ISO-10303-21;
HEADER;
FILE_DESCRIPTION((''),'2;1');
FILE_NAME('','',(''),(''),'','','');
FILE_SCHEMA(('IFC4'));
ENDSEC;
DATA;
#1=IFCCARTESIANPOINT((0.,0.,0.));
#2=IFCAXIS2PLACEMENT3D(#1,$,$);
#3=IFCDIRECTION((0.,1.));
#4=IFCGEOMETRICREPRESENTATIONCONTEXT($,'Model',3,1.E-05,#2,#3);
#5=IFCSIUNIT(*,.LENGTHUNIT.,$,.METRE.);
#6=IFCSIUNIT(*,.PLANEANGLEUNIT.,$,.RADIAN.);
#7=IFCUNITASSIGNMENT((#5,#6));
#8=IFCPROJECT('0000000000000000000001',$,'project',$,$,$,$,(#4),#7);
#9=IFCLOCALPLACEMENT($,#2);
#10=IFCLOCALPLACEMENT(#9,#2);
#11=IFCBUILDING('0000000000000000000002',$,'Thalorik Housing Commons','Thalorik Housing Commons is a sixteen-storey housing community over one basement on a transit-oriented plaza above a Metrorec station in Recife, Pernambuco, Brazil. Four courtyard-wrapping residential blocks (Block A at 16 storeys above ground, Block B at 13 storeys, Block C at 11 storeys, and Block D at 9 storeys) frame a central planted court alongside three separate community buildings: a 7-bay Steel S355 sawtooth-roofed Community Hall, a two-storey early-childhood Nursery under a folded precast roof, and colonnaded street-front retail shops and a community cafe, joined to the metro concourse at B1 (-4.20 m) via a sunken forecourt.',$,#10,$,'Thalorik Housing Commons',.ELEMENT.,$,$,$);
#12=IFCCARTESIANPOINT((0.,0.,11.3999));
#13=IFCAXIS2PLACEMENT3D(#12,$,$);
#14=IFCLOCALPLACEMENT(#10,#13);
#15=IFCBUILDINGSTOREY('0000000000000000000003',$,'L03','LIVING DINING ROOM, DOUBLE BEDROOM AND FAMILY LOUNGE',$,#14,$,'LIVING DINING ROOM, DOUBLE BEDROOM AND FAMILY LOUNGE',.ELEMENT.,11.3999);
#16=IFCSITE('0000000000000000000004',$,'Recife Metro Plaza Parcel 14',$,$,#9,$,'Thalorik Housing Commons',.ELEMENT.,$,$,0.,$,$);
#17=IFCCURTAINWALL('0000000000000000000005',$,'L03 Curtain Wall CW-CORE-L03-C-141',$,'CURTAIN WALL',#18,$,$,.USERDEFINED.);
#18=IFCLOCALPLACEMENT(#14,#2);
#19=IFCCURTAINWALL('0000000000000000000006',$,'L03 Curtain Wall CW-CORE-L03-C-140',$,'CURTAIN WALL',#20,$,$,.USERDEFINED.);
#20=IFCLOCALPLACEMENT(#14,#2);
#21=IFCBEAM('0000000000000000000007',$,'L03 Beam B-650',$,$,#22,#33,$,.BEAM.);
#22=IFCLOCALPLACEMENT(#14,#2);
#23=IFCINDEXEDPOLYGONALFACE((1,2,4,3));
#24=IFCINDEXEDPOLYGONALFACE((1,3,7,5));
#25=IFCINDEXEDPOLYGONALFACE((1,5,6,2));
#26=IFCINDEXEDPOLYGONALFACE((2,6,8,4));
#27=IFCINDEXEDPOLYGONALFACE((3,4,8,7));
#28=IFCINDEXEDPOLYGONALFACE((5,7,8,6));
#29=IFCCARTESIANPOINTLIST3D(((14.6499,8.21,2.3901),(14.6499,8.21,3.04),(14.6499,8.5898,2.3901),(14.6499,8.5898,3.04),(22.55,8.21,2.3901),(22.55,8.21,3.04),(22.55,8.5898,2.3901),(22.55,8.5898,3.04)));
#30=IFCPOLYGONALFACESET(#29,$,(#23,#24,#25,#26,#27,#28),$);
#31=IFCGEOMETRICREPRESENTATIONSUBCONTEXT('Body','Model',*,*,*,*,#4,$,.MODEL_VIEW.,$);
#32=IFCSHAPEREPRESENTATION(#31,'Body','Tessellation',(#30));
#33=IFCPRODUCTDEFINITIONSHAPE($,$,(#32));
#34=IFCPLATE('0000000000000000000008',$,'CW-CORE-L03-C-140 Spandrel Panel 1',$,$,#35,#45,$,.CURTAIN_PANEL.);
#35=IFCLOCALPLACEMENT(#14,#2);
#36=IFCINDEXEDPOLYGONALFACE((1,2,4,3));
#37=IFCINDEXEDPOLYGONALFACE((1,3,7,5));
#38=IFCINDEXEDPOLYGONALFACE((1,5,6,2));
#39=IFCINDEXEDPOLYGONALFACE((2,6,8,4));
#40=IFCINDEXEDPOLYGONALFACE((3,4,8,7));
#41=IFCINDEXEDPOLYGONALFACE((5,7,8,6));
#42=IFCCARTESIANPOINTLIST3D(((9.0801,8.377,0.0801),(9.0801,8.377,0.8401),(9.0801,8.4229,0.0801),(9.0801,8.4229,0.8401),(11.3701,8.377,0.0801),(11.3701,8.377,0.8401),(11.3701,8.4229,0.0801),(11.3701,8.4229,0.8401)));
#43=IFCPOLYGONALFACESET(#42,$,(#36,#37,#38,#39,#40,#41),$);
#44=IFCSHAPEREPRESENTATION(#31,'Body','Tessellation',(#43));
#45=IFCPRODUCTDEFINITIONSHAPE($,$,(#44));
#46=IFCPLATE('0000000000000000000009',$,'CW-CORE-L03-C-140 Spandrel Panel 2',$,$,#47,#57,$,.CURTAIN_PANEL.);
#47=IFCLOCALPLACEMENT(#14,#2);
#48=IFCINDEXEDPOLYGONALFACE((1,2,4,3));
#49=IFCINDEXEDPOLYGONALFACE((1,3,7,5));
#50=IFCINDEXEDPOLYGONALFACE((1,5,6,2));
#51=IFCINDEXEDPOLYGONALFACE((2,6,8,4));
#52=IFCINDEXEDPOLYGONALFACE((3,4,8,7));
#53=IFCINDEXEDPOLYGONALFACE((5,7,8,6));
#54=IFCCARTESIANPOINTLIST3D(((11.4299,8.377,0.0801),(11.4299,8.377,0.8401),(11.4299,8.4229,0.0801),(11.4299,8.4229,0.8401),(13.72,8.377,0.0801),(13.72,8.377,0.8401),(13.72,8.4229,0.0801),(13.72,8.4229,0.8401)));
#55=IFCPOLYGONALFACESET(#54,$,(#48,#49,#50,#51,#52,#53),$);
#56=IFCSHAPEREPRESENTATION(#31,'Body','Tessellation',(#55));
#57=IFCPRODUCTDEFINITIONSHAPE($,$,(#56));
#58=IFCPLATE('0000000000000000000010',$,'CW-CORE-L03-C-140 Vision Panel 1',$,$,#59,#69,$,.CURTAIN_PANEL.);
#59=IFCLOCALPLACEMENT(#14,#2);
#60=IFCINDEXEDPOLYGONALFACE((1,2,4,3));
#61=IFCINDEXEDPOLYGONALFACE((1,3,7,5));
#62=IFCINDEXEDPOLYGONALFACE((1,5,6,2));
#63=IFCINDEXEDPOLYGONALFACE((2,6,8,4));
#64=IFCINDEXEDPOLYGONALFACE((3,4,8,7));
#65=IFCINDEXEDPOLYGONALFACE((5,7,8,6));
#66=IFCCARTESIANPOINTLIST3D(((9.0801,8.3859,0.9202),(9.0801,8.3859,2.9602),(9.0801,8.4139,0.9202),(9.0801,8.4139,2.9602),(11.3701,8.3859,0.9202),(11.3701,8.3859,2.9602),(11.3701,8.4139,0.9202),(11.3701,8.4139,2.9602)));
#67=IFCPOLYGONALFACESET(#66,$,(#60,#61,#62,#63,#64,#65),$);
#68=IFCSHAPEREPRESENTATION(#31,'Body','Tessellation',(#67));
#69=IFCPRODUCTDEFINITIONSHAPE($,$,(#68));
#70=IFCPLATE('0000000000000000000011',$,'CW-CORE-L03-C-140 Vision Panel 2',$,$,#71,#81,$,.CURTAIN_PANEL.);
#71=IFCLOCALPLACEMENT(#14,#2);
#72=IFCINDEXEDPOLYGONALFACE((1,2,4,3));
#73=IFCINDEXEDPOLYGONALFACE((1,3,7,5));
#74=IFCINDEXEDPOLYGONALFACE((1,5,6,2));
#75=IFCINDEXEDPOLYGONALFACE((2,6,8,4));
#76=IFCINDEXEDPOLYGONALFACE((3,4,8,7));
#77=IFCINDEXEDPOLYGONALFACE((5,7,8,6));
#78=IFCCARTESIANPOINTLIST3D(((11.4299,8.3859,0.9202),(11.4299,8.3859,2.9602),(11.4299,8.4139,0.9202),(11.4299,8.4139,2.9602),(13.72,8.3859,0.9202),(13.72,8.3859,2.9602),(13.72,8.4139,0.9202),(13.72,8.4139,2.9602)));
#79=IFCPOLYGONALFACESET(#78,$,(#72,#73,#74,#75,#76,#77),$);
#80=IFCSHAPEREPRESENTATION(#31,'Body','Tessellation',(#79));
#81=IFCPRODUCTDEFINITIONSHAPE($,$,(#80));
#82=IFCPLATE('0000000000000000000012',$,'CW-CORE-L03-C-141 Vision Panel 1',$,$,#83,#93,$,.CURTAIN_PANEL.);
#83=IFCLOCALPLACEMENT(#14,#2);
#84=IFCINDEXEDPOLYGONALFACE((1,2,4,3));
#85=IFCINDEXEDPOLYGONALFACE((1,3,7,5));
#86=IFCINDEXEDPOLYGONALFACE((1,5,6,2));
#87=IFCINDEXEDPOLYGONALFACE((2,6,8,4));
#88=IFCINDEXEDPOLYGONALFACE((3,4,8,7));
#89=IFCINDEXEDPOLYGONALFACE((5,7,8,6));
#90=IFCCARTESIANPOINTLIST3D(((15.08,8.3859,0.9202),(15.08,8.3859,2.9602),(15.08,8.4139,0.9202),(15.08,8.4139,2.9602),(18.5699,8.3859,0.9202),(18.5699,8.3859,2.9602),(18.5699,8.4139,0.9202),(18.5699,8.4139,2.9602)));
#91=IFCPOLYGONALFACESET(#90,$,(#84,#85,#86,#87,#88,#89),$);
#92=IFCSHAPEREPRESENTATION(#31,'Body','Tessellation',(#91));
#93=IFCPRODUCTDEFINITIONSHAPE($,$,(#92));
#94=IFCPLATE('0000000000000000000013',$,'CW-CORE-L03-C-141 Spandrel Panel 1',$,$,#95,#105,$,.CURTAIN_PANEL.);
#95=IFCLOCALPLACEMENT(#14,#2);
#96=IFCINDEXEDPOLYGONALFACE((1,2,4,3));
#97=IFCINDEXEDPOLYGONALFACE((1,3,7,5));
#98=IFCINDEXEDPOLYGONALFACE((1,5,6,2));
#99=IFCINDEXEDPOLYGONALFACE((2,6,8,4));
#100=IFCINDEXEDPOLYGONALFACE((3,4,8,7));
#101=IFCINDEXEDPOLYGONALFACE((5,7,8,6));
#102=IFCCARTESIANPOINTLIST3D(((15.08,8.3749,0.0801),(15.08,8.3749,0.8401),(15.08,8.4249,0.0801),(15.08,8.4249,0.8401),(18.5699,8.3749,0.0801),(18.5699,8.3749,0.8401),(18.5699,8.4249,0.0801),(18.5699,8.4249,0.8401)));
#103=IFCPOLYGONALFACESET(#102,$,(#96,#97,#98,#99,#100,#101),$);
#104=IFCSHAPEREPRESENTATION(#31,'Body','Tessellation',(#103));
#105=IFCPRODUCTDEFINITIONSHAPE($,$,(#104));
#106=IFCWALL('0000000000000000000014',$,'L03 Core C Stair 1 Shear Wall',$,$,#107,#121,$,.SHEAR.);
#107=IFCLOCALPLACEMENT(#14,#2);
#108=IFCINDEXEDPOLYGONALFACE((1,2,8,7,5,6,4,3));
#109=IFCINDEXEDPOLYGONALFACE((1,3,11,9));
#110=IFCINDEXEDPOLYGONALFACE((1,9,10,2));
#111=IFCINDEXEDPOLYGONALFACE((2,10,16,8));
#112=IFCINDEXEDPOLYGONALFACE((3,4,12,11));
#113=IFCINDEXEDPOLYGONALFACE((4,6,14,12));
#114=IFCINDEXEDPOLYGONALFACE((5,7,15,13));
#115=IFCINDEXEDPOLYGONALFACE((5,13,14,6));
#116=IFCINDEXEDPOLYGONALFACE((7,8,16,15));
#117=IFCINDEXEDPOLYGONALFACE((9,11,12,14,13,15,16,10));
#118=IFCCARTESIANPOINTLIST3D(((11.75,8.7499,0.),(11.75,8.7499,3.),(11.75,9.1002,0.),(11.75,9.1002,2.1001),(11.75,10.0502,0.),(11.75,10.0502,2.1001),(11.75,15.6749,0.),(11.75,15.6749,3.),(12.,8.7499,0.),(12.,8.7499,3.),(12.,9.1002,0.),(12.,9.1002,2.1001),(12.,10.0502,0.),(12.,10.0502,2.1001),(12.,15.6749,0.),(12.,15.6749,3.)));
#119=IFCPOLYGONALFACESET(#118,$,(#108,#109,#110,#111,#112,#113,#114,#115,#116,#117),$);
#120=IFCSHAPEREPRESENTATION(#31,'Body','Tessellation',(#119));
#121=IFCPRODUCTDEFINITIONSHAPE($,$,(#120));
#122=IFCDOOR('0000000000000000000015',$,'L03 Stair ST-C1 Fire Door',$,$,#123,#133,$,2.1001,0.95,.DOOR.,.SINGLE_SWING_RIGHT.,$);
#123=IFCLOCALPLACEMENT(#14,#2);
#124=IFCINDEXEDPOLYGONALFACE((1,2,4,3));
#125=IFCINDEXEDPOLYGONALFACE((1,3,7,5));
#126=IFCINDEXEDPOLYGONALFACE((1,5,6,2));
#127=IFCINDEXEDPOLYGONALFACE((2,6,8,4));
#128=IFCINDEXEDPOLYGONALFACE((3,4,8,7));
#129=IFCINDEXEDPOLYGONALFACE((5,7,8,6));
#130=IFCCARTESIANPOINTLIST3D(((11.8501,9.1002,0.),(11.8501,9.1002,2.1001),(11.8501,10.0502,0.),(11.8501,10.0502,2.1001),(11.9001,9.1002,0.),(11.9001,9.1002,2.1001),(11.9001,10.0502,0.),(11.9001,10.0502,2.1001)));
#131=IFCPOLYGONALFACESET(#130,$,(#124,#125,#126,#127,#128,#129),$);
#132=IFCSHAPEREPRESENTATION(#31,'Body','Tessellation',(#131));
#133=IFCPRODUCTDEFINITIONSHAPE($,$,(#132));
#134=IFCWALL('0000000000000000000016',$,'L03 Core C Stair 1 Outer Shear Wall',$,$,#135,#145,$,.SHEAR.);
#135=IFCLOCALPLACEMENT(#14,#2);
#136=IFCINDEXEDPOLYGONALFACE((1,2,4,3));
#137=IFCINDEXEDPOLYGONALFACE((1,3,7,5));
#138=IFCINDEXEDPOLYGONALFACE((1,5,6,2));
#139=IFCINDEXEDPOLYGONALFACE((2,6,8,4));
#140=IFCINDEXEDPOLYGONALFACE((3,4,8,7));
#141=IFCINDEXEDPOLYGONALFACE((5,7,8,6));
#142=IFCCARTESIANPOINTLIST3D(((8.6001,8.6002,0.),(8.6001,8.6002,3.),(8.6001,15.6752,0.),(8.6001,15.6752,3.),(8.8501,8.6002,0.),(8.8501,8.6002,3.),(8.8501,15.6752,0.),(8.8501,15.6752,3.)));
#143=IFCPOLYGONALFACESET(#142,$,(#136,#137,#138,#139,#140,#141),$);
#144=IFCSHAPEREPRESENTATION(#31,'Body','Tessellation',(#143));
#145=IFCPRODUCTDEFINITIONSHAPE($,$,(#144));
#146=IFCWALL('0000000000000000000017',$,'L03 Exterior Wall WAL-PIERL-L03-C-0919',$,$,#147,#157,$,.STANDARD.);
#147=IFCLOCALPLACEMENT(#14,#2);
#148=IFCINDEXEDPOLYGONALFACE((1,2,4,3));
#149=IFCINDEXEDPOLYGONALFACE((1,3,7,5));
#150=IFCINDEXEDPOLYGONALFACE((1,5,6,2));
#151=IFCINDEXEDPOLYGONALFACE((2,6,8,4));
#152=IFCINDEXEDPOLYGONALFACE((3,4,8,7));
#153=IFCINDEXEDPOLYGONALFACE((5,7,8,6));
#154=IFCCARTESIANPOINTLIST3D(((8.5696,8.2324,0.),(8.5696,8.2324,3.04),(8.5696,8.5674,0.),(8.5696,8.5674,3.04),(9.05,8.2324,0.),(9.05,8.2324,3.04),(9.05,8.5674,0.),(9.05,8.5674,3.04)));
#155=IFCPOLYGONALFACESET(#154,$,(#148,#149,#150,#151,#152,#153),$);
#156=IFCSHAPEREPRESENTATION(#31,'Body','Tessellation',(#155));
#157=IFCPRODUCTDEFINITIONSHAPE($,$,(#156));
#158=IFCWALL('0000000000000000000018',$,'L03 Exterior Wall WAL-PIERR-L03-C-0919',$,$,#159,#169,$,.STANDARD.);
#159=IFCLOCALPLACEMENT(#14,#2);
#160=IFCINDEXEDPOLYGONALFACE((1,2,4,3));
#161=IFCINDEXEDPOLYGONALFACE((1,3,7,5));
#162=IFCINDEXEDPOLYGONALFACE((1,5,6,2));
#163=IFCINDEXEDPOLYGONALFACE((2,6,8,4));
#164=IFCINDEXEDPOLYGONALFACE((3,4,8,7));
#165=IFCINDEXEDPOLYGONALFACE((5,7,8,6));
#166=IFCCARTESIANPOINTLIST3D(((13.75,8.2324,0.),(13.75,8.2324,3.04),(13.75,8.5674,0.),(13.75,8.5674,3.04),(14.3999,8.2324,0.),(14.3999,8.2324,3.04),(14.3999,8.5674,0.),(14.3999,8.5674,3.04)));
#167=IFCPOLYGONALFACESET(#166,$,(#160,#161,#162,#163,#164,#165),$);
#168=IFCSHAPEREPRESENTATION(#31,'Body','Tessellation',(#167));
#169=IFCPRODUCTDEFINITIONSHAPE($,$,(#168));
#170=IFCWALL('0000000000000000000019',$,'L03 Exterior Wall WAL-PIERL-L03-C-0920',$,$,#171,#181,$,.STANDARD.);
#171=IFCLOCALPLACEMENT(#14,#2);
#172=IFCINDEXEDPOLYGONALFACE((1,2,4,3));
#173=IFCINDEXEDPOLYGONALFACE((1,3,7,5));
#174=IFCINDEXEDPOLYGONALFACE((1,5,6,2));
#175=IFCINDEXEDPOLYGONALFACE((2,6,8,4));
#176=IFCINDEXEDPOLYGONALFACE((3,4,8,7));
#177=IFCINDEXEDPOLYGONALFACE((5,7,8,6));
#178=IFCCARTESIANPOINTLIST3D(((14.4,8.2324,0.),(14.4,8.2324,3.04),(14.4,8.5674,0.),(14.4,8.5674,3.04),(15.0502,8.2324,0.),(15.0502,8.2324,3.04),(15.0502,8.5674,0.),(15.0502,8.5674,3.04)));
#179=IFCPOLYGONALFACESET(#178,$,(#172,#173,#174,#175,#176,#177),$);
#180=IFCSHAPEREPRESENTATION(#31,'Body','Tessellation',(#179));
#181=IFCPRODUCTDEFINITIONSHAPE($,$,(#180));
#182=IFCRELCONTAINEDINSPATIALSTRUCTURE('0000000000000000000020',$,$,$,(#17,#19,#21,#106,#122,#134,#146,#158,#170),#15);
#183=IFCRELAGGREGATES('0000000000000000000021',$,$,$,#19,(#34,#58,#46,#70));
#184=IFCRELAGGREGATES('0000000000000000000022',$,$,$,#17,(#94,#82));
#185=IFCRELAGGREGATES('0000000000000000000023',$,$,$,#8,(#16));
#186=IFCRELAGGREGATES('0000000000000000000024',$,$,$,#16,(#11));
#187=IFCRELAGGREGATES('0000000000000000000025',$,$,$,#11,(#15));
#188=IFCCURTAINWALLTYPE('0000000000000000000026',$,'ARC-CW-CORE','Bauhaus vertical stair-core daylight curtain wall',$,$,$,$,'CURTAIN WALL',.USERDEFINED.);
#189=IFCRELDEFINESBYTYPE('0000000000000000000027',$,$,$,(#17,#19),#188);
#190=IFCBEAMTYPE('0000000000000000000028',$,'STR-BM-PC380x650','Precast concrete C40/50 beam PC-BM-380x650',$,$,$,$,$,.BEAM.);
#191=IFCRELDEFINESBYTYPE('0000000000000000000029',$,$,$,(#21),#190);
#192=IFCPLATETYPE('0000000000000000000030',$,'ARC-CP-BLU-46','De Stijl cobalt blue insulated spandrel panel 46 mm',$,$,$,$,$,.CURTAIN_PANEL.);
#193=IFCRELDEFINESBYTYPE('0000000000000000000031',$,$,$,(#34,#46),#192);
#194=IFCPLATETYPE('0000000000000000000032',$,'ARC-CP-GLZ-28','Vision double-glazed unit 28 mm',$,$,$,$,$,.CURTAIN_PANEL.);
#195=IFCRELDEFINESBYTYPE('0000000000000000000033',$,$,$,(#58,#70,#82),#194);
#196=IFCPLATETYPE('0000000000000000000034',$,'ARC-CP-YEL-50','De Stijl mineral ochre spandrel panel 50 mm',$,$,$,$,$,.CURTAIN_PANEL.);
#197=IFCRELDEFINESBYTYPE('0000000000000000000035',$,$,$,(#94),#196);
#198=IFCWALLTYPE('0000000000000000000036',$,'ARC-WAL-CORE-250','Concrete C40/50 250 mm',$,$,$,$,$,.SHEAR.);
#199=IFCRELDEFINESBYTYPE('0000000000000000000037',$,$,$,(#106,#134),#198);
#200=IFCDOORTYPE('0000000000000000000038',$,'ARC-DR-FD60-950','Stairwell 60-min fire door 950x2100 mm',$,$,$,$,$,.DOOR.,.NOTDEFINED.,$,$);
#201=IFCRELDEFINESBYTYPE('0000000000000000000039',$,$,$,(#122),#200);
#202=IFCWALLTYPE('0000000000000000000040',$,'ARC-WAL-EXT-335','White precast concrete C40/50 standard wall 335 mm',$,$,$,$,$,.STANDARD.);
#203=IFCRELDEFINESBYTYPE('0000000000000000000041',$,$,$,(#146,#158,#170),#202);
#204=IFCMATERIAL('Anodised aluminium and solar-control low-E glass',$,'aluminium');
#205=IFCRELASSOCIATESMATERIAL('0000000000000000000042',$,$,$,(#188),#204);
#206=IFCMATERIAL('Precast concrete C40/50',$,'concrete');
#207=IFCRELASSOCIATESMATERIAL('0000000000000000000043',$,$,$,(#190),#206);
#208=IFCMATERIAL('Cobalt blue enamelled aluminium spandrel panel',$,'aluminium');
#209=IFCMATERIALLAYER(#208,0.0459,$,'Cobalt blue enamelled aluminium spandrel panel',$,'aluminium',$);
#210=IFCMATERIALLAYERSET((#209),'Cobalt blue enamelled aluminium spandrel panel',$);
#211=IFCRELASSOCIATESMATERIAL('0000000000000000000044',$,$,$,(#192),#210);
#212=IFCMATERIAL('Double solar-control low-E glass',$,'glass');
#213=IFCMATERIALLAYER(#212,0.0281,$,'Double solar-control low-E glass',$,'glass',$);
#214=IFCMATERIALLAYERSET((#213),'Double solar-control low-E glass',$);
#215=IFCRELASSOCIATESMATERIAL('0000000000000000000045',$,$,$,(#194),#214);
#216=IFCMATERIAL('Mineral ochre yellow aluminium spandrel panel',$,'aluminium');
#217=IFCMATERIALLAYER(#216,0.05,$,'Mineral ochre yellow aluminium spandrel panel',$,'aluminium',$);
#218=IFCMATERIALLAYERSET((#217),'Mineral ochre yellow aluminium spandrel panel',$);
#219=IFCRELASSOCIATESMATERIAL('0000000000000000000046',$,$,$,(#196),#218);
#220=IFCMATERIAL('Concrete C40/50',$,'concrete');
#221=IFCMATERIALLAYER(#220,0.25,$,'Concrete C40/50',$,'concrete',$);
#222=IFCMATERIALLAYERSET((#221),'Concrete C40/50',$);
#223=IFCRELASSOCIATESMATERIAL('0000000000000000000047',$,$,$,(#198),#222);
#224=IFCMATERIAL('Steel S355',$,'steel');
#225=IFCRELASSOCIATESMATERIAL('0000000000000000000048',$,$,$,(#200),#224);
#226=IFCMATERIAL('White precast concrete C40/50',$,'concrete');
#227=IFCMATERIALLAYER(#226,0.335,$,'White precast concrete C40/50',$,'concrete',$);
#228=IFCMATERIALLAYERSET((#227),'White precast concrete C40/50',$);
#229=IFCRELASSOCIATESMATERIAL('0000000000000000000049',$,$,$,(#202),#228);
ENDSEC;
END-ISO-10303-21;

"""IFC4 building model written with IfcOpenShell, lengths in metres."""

from ifc_helpers import new_model, si_unit, direction, frame, frame_2d, origin, origin_2d, place, context, subcontext, project, spatial, rectangle, extrude, material, layer, layer_set, material_profile, profile_set, type_object, element, fill, aggregate, save


model = new_model("IFC4")

# Units and contexts
model_context = context("Model", 3, precision=1e-05, world=origin(), true_north=direction((0.0, 1.0)))
body_context = subcontext(model_context, "Body", "Model", "MODEL_VIEW")
ifc_project = project(units=[si_unit("LENGTHUNIT", "METRE"), si_unit("PLANEANGLEUNIT", "RADIAN")], contexts=[model_context])

# Site, building, storey
site_placement = place(None, origin())
site = spatial("IfcSite", under=ifc_project, at=site_placement, Name="Recife Metro Plaza Parcel 14", LongName="Thalorik Housing Commons", CompositionType="ELEMENT", RefElevation=0.0)
building_placement = place(site_placement, origin())
building = spatial("IfcBuilding", under=site, at=building_placement, Name="Thalorik Housing Commons", Description="Thalorik Housing Commons is a sixteen-storey housing community over one basement on a transit-oriented plaza above a Metrorec station in Recife, Pernambuco, Brazil. Four courtyard-wrapping residential blocks (Block A at 16 storeys above ground, Block B at 13 storeys, Block C at 11 storeys, and Block D at 9 storeys) frame a central planted court alongside three separate community buildings: a 7-bay Steel S355 sawtooth-roofed Community Hall, a two-storey early-childhood Nursery under a folded precast roof, and colonnaded street-front retail shops and a community cafe, joined to the metro concourse at B1 (-4.20 m) via a sunken forecourt.", LongName="Thalorik Housing Commons", CompositionType="ELEMENT")
storey_placement = place(building_placement, frame((0.0, 0.0, 11.3999)))
storey = spatial("IfcBuildingStorey", under=building, at=storey_placement, Name="L03", Description="LIVING DINING ROOM, DOUBLE BEDROOM AND FAMILY LOUNGE", LongName="LIVING DINING ROOM, DOUBLE BEDROOM AND FAMILY LOUNGE", CompositionType="ELEMENT", Elevation=11.3999)

# Shared definitions
ifc_material_1 = material(Name="Precast concrete C40/50", Category="concrete")

# Curtain wall
ifc_material_2 = material(Name="Anodised aluminium and solar-control low-E glass", Category="aluminium")
curtain_wall_type = type_object("IfcCurtainWallType", Name="ARC-CW-CORE", Description="Bauhaus vertical stair-core daylight curtain wall", ElementType="CURTAIN WALL", PredefinedType="USERDEFINED", material=ifc_material_2)
curtain_wall_1_placement = place(storey_placement, origin())
curtain_wall_1 = element("IfcCurtainWall", 1, at=curtain_wall_1_placement, inside=storey, type_object=curtain_wall_type, Name="L03 Curtain Wall CW-CORE-L03-C-141", ObjectType="CURTAIN WALL", PredefinedType="USERDEFINED")

# Curtain wall
curtain_wall_2_placement = place(storey_placement, origin())
curtain_wall_2 = element("IfcCurtainWall", 2, at=curtain_wall_2_placement, inside=storey, type_object=curtain_wall_type, Name="L03 Curtain Wall CW-CORE-L03-C-140", ObjectType="CURTAIN WALL", PredefinedType="USERDEFINED")

# Beam
ifc_material_profile_1 = material_profile(ifc_material_1, rectangle(XDim=0.3799, YDim=0.6499, at=origin_2d()), Name="PC 380x650", Category="concrete")
ifc_profile_set_1 = profile_set([ifc_material_profile_1], Name="Precast concrete C40/50")
beam_type_1 = type_object("IfcBeamType", Name="STR-BM-PC380x650", Description="Precast concrete C40/50 beam PC-BM-380x650", PredefinedType="BEAM", material=ifc_profile_set_1)
beam_1_placement = place(storey_placement, frame((14.6499, 8.3999, 2.7151), z_axis=(1.0, 0.0, 0.0), x_axis=(0.0, 1.0, 0.0)))
element("IfcBeam", 3, at=beam_1_placement, inside=storey, type_object=beam_type_1, Name="L03 Beam B-650", PredefinedType="BEAM", context=body_context, shape_type="SweptSolid", body=[
    extrude(rectangle(XDim=0.3799, YDim=0.6499, at=origin_2d()), origin(), (0.0, 0.0, 1.0), 7.9001),
])

# Plates
ifc_material_3 = material(Name="Cobalt blue enamelled aluminium spandrel panel", Category="aluminium")
ifc_layer_1 = layer(ifc_material_3, 0.0459, Name="Cobalt blue enamelled aluminium spandrel panel", Category="aluminium")
ifc_layer_set_1 = layer_set([ifc_layer_1], Name="Cobalt blue enamelled aluminium spandrel panel")
plate_type_1 = type_object("IfcPlateType", Name="ARC-CP-BLU-46", Description="De Stijl cobalt blue insulated spandrel panel 46 mm", PredefinedType="CURTAIN_PANEL", material=ifc_layer_set_1)
plate_1_placement = place(storey_placement, frame((10.2251, 8.3999, 0.0801), z_axis=(0.0, 0.0, 1.0), x_axis=(1.0, 0.0, 0.0)))
plate_1 = element("IfcPlate", 4, at=plate_1_placement, type_object=plate_type_1, Name="CW-CORE-L03-C-140 Spandrel Panel 1", PredefinedType="CURTAIN_PANEL", context=body_context, shape_type="SweptSolid", body=[
    extrude(rectangle(XDim=2.29, YDim=0.0459, at=origin_2d()), origin(), (0.0, 0.0, 1.0), 0.76),
])
plate_2_placement = place(storey_placement, frame((12.575, 8.3999, 0.0801), z_axis=(0.0, 0.0, 1.0), x_axis=(1.0, 0.0, 0.0)))
plate_2 = element("IfcPlate", 5, at=plate_2_placement, type_object=plate_type_1, Name="CW-CORE-L03-C-140 Spandrel Panel 2", PredefinedType="CURTAIN_PANEL", context=body_context, shape_type="SweptSolid", body=[
    extrude(rectangle(XDim=2.29, YDim=0.0459, at=origin_2d()), origin(), (0.0, 0.0, 1.0), 0.76),
])
ifc_material_4 = material(Name="Double solar-control low-E glass", Category="glass")
ifc_layer_2 = layer(ifc_material_4, 0.0281, Name="Double solar-control low-E glass", Category="glass")
ifc_layer_set_2 = layer_set([ifc_layer_2], Name="Double solar-control low-E glass")
plate_type_2 = type_object("IfcPlateType", Name="ARC-CP-GLZ-28", Description="Vision double-glazed unit 28 mm", PredefinedType="CURTAIN_PANEL", material=ifc_layer_set_2)
plate_3_placement = place(storey_placement, frame((10.2251, 8.3999, 0.9202), z_axis=(0.0, 0.0, 1.0), x_axis=(1.0, 0.0, 0.0)))
plate_3 = element("IfcPlate", 6, at=plate_3_placement, type_object=plate_type_2, Name="CW-CORE-L03-C-140 Vision Panel 1", PredefinedType="CURTAIN_PANEL", context=body_context, shape_type="SweptSolid", body=[
    extrude(rectangle(XDim=2.29, YDim=0.0281, at=origin_2d()), origin(), (0.0, 0.0, 1.0), 2.04),
])
plate_4_placement = place(storey_placement, frame((12.575, 8.3999, 0.9202), z_axis=(0.0, 0.0, 1.0), x_axis=(1.0, 0.0, 0.0)))
plate_4 = element("IfcPlate", 7, at=plate_4_placement, type_object=plate_type_2, Name="CW-CORE-L03-C-140 Vision Panel 2", PredefinedType="CURTAIN_PANEL", context=body_context, shape_type="SweptSolid", body=[
    extrude(rectangle(XDim=2.29, YDim=0.0281, at=origin_2d()), origin(), (0.0, 0.0, 1.0), 2.04),
])
aggregate(curtain_wall_2, [plate_1, plate_3, plate_2, plate_4])
plate_5_placement = place(storey_placement, frame((16.825, 8.3999, 0.9202), z_axis=(0.0, 0.0, 1.0), x_axis=(1.0, 0.0, 0.0)))
plate_5 = element("IfcPlate", 8, at=plate_5_placement, type_object=plate_type_2, Name="CW-CORE-L03-C-141 Vision Panel 1", PredefinedType="CURTAIN_PANEL", context=body_context, shape_type="SweptSolid", body=[
    extrude(rectangle(XDim=3.49, YDim=0.0281, at=origin_2d()), origin(), (0.0, 0.0, 1.0), 2.04),
])
ifc_material_5 = material(Name="Mineral ochre yellow aluminium spandrel panel", Category="aluminium")
ifc_layer_3 = layer(ifc_material_5, 0.05, Name="Mineral ochre yellow aluminium spandrel panel", Category="aluminium")
ifc_layer_set_3 = layer_set([ifc_layer_3], Name="Mineral ochre yellow aluminium spandrel panel")
plate_type_3 = type_object("IfcPlateType", Name="ARC-CP-YEL-50", Description="De Stijl mineral ochre spandrel panel 50 mm", PredefinedType="CURTAIN_PANEL", material=ifc_layer_set_3)
plate_6_placement = place(storey_placement, frame((16.825, 8.3999, 0.0801), z_axis=(0.0, 0.0, 1.0), x_axis=(1.0, 0.0, 0.0)))
plate_6 = element("IfcPlate", 9, at=plate_6_placement, type_object=plate_type_3, Name="CW-CORE-L03-C-141 Spandrel Panel 1", PredefinedType="CURTAIN_PANEL", context=body_context, shape_type="SweptSolid", body=[
    extrude(rectangle(XDim=3.49, YDim=0.05, at=origin_2d()), origin(), (0.0, 0.0, 1.0), 0.76),
])
aggregate(curtain_wall_1, [plate_6, plate_5])

# Wall, opening, door
ifc_material_6 = material(Name="Concrete C40/50", Category="concrete")
ifc_layer_4 = layer(ifc_material_6, 0.25, Name="Concrete C40/50", Category="concrete")
ifc_layer_set_4 = layer_set([ifc_layer_4], Name="Concrete C40/50")
wall_type_1 = type_object("IfcWallType", Name="ARC-WAL-CORE-250", Description="Concrete C40/50 250 mm", PredefinedType="SHEAR", material=ifc_layer_set_4)
wall_1_placement = place(storey_placement, frame((11.875, 8.75, 0.0), z_axis=(0.0, 0.0, 1.0), x_axis=(0.0, 1.0, 0.0)))
wall_1 = element("IfcWall", 10, at=wall_1_placement, inside=storey, type_object=wall_type_1, Name="L03 Core C Stair 1 Shear Wall", PredefinedType="SHEAR", context=body_context, shape_type="SweptSolid", body=[
    extrude(rectangle(XDim=6.925, YDim=0.25, at=frame_2d((3.4624, 0.0))), origin(), (0.0, 0.0, 1.0), 3.0),
])
opening_placement = place(wall_1_placement, frame((0.3501, 0.0, 0.0)))
opening = element("IfcOpeningElement", 11, at=opening_placement, cuts=wall_1, PredefinedType="OPENING", context=body_context, shape_type="SweptSolid", body=[
    extrude(rectangle(XDim=0.95, YDim=2.1001, at=frame_2d((0.4751, 1.05))), frame((0.0, 0.135, 0.0), z_axis=(0.0, -1.0, 0.0), x_axis=(1.0, 0.0, 0.0)), (0.0, 0.0, 1.0), 0.27),
])
ifc_material_7 = material(Name="Steel S355", Category="steel")
door_type = type_object("IfcDoorType", Name="ARC-DR-FD60-950", Description="Stairwell 60-min fire door 950x2100 mm", OperationType="NOTDEFINED", PredefinedType="DOOR", material=ifc_material_7)
door_placement = place(opening_placement, origin())
door = element("IfcDoor", 12, at=door_placement, inside=storey, type_object=door_type, Name="L03 Stair ST-C1 Fire Door", OperationType="SINGLE_SWING_RIGHT", OverallHeight=2.1001, OverallWidth=0.95, PredefinedType="DOOR", context=body_context, shape_type="SweptSolid", body=[
    extrude(rectangle(XDim=0.95, YDim=2.1001, at=frame_2d((0.4751, 1.05))), frame((0.0, 0.0249, 0.0), z_axis=(0.0, -1.0, 0.0), x_axis=(1.0, 0.0, 0.0)), (0.0, 0.0, 1.0), 0.05),
])
fill(opening, door)

# Walls
wall_2_placement = place(storey_placement, frame((8.7251, 8.6001, 0.0), z_axis=(0.0, 0.0, 1.0), x_axis=(0.0, 1.0, 0.0)))
element("IfcWall", 13, at=wall_2_placement, inside=storey, type_object=wall_type_1, Name="L03 Core C Stair 1 Outer Shear Wall", PredefinedType="SHEAR", context=body_context, shape_type="SweptSolid", body=[
    extrude(rectangle(XDim=7.075, YDim=0.25, at=frame_2d((3.5376, 0.0))), origin(), (0.0, 0.0, 1.0), 3.0),
])
ifc_material_8 = material(Name="White precast concrete C40/50", Category="concrete")
ifc_layer_5 = layer(ifc_material_8, 0.335, Name="White precast concrete C40/50", Category="concrete")
ifc_layer_set_5 = layer_set([ifc_layer_5], Name="White precast concrete C40/50")
wall_type_2 = type_object("IfcWallType", Name="ARC-WAL-EXT-335", Description="White precast concrete C40/50 standard wall 335 mm", PredefinedType="STANDARD", material=ifc_layer_set_5)
wall_3_placement = place(storey_placement, frame((8.5696, 8.3999, 0.0), z_axis=(0.0, 0.0, 1.0), x_axis=(1.0, 0.0, 0.0)))
element("IfcWall", 14, at=wall_3_placement, inside=storey, type_object=wall_type_2, Name="L03 Exterior Wall WAL-PIERL-L03-C-0919", PredefinedType="STANDARD", context=body_context, shape_type="SweptSolid", body=[
    extrude(rectangle(XDim=0.4805, YDim=0.335, at=frame_2d((0.2402, 0.0))), origin(), (0.0, 0.0, 1.0), 3.04),
])
wall_4_placement = place(storey_placement, frame((13.75, 8.3999, 0.0), z_axis=(0.0, 0.0, 1.0), x_axis=(1.0, 0.0, 0.0)))
element("IfcWall", 15, at=wall_4_placement, inside=storey, type_object=wall_type_2, Name="L03 Exterior Wall WAL-PIERR-L03-C-0919", PredefinedType="STANDARD", context=body_context, shape_type="SweptSolid", body=[
    extrude(rectangle(XDim=0.6499, YDim=0.335, at=frame_2d((0.325, 0.0))), origin(), (0.0, 0.0, 1.0), 3.04),
])
wall_5_placement = place(storey_placement, frame((14.3999, 8.3999, 0.0), z_axis=(0.0, 0.0, 1.0), x_axis=(1.0, 0.0, 0.0)))
element("IfcWall", 16, at=wall_5_placement, inside=storey, type_object=wall_type_2, Name="L03 Exterior Wall WAL-PIERL-L03-C-0920", PredefinedType="STANDARD", context=body_context, shape_type="SweptSolid", body=[
    extrude(rectangle(XDim=0.6501, YDim=0.335, at=frame_2d((0.3252, 0.0))), origin(), (0.0, 0.0, 1.0), 3.04),
])

save(model, "model.ifc")
